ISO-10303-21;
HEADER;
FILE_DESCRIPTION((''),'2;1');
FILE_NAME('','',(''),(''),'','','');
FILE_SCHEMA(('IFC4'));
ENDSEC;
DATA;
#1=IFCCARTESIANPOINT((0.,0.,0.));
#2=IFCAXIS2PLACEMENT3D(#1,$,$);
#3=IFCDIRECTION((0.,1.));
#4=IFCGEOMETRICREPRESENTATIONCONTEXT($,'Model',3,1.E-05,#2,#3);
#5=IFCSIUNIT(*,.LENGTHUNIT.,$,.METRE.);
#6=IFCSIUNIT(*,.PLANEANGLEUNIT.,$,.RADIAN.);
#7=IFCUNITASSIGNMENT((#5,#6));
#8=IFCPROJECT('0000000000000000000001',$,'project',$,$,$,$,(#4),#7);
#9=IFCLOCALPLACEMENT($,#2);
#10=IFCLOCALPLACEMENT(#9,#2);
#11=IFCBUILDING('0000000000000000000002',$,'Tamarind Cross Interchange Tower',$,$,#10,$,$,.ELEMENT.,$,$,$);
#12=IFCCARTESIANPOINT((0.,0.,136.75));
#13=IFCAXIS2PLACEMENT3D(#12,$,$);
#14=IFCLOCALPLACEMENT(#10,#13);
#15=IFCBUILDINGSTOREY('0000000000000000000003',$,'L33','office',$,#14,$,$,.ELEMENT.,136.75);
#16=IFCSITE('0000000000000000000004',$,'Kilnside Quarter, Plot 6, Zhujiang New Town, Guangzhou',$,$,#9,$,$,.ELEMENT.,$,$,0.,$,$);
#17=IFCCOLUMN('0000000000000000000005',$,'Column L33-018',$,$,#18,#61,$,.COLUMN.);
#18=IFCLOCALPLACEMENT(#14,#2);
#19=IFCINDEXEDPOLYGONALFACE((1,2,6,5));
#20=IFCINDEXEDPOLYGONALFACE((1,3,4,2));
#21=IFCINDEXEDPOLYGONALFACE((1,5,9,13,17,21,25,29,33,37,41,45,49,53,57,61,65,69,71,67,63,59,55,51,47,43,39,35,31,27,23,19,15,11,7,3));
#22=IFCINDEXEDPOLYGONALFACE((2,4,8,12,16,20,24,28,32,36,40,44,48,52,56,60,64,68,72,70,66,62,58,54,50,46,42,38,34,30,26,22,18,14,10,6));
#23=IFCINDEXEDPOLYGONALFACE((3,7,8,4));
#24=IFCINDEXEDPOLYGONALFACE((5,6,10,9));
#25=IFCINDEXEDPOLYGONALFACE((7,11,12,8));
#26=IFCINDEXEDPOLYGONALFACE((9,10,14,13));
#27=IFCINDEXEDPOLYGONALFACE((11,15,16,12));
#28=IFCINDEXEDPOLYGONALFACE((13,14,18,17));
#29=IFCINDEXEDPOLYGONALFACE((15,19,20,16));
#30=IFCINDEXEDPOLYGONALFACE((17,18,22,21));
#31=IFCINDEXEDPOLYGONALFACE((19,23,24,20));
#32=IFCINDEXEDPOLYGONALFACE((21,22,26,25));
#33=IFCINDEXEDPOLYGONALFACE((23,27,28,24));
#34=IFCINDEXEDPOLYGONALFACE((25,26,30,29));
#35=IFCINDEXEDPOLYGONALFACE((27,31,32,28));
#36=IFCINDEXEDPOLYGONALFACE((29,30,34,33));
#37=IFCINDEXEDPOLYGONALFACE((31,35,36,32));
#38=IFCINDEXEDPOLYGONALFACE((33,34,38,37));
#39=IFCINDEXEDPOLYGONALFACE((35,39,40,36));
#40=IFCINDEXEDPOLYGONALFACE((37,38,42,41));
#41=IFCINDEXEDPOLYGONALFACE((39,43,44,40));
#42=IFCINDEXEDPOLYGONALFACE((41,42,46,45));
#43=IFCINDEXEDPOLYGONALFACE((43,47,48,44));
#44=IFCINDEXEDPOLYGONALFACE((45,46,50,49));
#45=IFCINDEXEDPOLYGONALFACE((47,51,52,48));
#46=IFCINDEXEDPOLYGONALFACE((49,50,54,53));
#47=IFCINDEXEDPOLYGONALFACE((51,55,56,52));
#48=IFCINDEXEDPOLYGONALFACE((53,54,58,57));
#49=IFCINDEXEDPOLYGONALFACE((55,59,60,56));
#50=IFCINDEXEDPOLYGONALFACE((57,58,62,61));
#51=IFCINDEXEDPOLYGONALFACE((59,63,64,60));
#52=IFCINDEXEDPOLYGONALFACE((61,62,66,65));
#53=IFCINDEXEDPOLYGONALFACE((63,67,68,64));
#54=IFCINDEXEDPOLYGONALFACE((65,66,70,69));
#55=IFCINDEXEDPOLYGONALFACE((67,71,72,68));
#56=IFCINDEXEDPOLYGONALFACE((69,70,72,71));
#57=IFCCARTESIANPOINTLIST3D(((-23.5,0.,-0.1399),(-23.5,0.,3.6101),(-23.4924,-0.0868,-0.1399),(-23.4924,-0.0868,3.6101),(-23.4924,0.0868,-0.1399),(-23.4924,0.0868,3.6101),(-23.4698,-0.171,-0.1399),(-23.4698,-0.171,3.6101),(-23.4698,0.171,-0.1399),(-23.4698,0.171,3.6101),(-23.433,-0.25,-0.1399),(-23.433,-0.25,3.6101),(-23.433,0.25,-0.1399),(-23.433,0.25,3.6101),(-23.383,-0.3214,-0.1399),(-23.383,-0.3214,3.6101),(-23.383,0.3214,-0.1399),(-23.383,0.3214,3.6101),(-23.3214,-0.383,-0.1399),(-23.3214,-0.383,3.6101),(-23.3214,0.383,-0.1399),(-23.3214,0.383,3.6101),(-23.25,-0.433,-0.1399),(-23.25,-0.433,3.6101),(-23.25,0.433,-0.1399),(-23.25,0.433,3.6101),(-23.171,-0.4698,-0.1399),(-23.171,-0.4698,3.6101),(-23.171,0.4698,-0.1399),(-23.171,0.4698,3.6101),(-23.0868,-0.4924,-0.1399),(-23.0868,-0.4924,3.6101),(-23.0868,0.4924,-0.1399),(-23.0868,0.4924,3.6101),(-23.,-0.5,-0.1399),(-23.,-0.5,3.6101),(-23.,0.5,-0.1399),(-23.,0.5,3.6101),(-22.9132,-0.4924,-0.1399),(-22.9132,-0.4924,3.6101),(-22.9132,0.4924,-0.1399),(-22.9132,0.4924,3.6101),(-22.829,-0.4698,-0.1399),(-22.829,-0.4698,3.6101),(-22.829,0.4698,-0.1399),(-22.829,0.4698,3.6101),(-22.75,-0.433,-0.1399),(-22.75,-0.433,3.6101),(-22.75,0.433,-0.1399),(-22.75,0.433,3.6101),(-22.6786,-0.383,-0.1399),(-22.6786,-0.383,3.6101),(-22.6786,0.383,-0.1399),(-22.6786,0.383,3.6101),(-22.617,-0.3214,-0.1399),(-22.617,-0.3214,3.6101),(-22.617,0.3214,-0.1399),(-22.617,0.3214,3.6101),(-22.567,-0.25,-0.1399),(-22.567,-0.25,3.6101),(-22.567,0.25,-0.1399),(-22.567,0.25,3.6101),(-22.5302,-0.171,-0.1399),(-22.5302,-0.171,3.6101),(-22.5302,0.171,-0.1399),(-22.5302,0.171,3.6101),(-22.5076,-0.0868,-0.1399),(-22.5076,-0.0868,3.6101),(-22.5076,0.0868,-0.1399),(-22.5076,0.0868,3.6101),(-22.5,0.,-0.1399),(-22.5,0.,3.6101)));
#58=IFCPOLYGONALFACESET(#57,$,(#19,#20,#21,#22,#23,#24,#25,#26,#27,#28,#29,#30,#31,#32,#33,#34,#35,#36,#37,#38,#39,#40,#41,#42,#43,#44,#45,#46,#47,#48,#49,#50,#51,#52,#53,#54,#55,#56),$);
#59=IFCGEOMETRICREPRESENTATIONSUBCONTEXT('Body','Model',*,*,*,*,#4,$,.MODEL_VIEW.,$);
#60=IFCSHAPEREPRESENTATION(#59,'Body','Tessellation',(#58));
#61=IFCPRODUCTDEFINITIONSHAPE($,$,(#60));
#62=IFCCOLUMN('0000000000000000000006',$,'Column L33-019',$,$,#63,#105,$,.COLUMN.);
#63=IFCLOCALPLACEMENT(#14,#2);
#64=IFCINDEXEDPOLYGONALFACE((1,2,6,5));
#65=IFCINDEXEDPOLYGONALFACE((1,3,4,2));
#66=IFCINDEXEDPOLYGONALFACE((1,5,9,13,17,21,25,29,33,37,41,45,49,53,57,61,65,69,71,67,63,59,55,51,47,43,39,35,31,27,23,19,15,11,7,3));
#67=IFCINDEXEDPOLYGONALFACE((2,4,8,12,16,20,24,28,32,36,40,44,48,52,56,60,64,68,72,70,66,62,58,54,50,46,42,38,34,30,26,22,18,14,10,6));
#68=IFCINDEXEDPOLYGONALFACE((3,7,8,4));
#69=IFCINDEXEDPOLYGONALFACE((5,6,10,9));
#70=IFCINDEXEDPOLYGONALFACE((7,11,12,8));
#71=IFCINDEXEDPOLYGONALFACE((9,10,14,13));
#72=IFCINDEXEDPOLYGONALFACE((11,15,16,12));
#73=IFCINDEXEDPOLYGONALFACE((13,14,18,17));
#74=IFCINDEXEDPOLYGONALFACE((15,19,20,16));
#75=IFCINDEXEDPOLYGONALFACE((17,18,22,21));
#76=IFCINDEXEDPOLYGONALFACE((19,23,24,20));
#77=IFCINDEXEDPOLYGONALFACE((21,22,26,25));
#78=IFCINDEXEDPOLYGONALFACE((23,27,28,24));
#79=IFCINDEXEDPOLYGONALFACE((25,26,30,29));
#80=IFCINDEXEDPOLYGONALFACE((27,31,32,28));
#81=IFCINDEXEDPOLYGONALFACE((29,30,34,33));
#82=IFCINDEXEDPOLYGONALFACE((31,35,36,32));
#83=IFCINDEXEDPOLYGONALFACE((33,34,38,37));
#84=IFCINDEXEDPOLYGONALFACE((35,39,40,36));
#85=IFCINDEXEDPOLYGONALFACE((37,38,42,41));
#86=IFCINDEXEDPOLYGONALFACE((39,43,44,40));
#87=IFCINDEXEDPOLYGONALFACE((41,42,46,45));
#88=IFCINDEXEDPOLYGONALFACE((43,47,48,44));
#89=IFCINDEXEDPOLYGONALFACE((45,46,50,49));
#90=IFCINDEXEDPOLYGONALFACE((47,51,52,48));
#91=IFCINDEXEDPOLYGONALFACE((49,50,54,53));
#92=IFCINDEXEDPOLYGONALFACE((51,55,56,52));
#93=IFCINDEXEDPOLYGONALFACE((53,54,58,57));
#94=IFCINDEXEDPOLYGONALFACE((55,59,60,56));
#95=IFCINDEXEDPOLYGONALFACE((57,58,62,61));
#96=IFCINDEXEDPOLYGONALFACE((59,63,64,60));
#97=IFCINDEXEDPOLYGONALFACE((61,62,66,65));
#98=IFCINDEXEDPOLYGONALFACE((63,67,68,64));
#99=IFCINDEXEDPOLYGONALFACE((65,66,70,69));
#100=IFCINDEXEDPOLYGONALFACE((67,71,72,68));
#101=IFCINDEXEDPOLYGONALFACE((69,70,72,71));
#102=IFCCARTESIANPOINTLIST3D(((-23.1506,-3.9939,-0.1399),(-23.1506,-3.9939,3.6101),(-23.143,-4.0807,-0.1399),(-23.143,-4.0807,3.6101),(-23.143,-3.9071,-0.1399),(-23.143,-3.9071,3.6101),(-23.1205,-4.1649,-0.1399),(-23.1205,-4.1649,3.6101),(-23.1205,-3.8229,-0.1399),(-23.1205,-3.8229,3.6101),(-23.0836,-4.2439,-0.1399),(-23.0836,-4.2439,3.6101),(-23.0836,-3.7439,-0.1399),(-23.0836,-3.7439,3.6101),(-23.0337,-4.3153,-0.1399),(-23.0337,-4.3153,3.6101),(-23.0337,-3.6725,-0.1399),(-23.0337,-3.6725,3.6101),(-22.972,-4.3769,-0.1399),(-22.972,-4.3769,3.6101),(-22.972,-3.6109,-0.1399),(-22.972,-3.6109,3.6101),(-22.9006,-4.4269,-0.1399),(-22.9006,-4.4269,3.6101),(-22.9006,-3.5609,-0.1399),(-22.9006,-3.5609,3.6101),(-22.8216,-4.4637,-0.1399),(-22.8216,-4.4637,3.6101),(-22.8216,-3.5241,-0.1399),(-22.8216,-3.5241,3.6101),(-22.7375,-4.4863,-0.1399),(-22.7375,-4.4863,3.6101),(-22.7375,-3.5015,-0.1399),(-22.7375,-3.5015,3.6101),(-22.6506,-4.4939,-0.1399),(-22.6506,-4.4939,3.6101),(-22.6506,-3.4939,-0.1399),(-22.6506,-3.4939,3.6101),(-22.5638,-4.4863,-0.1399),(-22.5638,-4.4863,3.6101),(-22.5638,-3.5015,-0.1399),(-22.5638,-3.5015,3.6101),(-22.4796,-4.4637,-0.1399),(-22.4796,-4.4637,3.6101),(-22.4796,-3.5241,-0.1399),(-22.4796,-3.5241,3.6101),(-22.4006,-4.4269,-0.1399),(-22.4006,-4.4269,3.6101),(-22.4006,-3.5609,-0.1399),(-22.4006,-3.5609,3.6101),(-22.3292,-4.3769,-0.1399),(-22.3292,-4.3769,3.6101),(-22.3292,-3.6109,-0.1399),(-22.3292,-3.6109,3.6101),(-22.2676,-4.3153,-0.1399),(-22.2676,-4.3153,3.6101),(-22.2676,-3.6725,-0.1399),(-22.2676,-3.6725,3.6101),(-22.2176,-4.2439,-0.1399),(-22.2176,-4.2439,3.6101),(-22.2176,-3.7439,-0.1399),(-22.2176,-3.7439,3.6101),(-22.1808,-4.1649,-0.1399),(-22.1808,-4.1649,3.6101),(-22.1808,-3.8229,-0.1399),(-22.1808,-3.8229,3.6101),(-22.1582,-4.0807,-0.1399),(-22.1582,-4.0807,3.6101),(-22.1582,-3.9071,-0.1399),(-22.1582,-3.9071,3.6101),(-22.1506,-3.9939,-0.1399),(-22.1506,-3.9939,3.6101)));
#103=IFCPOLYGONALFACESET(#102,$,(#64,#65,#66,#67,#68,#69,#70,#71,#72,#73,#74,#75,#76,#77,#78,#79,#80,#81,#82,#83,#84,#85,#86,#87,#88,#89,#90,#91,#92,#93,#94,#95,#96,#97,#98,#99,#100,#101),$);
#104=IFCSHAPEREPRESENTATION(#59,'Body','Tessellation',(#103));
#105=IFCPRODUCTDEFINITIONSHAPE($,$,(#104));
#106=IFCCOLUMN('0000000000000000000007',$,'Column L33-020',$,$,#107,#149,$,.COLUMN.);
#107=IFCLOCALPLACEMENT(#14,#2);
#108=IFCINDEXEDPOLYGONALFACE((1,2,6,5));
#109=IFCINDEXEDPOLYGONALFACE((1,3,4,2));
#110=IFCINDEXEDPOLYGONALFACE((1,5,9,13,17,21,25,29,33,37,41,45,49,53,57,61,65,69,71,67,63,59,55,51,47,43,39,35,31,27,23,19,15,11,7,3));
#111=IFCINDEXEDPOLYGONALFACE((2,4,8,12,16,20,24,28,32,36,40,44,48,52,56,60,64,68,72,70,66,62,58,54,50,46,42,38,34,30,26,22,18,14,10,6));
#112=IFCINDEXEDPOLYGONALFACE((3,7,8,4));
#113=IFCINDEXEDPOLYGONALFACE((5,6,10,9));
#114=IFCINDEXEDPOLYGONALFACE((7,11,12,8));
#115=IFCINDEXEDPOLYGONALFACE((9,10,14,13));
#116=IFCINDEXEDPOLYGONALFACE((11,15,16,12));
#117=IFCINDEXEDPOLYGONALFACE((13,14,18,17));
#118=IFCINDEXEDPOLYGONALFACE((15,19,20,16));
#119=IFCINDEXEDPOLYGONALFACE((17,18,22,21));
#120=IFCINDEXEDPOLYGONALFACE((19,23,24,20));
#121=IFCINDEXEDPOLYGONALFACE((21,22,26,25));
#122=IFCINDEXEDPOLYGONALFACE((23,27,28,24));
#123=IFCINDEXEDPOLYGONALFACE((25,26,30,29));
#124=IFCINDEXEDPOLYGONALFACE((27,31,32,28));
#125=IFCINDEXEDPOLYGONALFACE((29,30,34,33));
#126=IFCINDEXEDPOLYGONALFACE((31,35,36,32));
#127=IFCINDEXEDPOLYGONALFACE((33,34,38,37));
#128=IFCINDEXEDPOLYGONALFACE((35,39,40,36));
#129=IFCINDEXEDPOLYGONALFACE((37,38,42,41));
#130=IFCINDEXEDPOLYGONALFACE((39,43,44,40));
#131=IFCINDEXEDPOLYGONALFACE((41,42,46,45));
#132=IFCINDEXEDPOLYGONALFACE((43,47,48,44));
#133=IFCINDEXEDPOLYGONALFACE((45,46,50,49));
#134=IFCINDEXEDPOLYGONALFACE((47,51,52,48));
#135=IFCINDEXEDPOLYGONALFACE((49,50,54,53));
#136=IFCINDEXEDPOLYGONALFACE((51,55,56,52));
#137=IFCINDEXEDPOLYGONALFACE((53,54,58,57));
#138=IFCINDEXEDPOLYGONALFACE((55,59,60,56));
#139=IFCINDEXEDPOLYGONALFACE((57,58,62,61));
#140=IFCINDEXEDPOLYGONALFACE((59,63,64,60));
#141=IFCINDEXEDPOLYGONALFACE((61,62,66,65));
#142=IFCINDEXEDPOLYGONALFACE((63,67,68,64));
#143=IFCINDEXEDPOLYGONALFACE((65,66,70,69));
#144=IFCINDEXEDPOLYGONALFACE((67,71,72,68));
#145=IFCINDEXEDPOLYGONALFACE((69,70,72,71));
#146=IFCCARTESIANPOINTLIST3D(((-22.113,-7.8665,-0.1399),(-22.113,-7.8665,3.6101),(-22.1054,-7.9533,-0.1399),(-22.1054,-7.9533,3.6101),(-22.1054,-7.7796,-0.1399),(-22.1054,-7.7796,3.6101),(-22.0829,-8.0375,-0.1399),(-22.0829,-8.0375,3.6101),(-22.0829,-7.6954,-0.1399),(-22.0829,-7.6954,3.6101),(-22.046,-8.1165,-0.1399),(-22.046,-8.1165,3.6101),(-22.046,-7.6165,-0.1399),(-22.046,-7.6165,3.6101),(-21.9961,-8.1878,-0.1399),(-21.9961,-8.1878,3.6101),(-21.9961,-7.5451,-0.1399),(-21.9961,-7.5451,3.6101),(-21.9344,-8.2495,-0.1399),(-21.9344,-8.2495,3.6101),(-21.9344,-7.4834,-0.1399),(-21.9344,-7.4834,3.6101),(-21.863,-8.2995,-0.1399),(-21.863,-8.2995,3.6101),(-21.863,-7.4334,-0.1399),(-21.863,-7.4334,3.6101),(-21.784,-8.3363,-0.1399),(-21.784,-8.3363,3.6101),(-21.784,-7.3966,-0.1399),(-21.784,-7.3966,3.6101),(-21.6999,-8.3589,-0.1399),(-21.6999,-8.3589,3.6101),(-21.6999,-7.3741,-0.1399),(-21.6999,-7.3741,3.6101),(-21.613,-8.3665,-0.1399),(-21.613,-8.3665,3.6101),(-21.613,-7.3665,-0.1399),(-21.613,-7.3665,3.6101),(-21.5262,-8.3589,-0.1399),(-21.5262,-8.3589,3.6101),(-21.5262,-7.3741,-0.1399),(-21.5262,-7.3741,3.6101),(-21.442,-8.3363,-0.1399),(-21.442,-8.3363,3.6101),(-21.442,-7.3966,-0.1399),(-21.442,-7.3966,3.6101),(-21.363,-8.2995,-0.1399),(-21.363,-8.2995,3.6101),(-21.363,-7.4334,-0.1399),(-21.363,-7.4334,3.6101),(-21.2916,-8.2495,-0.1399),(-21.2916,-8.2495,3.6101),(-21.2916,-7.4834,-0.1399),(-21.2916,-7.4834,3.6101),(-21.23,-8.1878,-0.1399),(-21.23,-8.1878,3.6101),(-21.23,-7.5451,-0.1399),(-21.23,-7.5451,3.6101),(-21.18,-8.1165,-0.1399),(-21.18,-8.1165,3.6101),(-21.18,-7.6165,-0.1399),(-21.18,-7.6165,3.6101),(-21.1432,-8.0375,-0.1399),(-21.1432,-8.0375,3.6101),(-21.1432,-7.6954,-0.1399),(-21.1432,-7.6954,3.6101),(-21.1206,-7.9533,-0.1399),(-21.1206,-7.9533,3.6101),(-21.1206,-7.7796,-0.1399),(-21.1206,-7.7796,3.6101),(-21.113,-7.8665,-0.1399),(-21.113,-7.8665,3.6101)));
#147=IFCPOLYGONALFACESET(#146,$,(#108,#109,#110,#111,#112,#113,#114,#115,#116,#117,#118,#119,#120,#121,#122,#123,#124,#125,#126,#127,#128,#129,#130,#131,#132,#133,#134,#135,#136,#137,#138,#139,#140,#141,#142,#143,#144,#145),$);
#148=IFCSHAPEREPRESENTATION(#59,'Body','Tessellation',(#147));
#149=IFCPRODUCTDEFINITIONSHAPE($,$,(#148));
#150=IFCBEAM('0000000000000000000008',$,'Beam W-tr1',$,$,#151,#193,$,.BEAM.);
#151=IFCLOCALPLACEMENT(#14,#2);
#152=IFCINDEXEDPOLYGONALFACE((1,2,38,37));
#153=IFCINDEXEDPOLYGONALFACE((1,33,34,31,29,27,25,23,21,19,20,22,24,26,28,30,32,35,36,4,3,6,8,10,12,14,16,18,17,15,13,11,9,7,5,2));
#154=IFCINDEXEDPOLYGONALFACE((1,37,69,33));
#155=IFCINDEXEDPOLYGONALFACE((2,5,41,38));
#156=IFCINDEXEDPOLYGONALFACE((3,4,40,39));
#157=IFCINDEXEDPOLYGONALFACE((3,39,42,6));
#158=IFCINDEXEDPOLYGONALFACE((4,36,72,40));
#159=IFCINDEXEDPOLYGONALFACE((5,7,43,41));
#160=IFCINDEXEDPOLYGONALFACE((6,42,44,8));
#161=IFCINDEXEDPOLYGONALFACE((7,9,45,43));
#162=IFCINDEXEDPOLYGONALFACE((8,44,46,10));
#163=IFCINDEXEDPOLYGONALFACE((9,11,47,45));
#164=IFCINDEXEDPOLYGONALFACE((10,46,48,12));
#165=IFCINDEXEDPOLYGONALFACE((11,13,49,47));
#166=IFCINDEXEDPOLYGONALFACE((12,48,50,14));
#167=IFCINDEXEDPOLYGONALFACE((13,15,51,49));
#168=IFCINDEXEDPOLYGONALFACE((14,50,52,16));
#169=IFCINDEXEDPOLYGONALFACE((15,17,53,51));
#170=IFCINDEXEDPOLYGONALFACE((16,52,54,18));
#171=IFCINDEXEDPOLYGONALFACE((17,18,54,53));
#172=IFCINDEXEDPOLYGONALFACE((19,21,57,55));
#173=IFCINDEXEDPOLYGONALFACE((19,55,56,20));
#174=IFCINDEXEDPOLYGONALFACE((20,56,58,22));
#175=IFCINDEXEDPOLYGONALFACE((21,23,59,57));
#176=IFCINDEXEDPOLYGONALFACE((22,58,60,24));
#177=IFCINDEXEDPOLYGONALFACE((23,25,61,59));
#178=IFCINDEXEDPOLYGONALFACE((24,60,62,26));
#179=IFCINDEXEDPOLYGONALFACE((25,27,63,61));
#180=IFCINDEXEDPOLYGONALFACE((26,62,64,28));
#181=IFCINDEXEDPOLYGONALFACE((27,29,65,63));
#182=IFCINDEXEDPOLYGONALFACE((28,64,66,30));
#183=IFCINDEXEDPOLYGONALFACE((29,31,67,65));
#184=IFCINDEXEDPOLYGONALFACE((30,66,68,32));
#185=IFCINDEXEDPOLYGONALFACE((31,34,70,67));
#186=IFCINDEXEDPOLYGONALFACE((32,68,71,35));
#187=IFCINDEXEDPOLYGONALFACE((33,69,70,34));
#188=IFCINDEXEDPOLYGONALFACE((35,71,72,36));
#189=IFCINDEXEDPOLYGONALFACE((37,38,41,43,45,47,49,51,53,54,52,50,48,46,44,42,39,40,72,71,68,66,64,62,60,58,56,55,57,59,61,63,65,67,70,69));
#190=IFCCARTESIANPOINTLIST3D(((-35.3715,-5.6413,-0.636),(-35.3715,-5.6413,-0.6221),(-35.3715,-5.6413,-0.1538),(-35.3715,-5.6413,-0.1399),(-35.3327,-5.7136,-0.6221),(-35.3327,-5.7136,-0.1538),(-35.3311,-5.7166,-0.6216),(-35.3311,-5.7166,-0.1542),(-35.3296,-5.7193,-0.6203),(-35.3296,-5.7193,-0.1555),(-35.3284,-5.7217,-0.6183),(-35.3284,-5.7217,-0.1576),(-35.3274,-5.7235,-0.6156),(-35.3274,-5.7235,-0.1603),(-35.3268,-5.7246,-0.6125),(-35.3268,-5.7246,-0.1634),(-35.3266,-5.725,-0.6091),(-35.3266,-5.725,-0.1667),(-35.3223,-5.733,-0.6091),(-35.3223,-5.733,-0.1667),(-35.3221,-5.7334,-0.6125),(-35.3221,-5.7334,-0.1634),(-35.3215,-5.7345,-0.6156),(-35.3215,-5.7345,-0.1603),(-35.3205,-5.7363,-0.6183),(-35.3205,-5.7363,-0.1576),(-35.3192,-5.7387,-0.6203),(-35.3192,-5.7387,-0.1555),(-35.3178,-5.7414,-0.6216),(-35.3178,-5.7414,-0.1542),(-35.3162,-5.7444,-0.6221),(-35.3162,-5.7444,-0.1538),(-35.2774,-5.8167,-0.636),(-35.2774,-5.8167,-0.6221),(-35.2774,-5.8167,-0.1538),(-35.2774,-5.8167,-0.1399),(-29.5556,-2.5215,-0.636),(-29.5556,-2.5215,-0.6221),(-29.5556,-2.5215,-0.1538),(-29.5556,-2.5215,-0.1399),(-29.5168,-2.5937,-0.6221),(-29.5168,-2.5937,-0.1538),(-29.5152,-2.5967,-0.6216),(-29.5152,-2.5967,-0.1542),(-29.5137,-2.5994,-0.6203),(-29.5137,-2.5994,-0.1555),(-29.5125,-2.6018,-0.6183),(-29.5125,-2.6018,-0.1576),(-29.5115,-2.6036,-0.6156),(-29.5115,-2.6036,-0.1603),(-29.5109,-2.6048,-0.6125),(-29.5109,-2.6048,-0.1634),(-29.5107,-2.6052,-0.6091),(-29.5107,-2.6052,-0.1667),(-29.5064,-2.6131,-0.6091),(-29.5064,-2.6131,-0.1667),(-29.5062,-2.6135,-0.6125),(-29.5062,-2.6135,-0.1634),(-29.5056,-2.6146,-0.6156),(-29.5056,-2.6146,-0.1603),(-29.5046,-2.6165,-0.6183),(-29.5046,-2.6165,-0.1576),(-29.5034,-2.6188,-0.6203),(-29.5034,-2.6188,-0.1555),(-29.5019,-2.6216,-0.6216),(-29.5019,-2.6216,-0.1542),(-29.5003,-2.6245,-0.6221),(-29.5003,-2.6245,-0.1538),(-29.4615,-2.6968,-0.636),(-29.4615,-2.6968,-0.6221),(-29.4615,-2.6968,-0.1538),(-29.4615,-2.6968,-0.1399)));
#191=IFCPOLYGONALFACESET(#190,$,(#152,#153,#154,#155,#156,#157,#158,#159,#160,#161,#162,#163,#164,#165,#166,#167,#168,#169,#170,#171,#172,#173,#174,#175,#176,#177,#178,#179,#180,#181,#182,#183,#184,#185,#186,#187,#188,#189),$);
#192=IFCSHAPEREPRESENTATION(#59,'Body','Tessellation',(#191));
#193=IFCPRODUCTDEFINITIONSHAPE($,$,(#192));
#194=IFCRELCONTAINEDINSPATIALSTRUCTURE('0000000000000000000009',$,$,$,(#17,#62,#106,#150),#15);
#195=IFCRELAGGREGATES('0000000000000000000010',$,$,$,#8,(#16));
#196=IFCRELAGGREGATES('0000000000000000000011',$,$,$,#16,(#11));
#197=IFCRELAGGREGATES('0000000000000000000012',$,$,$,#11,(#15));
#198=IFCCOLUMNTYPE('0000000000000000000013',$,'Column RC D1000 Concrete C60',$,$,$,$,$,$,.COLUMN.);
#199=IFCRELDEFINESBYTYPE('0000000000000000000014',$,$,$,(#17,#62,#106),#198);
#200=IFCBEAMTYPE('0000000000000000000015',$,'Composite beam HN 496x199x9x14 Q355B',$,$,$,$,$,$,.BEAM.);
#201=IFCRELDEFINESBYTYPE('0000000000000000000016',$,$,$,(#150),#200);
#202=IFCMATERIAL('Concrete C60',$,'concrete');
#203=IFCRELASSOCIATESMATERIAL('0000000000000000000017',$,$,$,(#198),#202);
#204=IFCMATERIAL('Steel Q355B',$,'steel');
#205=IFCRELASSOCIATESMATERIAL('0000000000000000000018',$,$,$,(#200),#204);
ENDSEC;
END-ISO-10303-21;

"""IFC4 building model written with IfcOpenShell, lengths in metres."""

from ifc_helpers import new_model, si_unit, direction, frame, origin, origin_2d, place, context, subcontext, project, spatial, circle, i_section, extrude, material, material_profile, profile_set, type_object, element, save


model = new_model("IFC4")

# Units and contexts
model_context = context("Model", 3, precision=1e-05, world=origin(), true_north=direction((0.0, 1.0)))
body_context = subcontext(model_context, "Body", "Model", "MODEL_VIEW")
ifc_project = project(units=[si_unit("LENGTHUNIT", "METRE"), si_unit("PLANEANGLEUNIT", "RADIAN")], contexts=[model_context])

# Site, building, storey
site_placement = place(None, origin())
site = spatial("IfcSite", under=ifc_project, at=site_placement, Name="Kilnside Quarter, Plot 6, Zhujiang New Town, Guangzhou", CompositionType="ELEMENT", RefElevation=0.0)
building_placement = place(site_placement, origin())
building = spatial("IfcBuilding", under=site, at=building_placement, Name="Tamarind Cross Interchange Tower", CompositionType="ELEMENT")
storey_placement = place(building_placement, frame((0.0, 0.0, 136.75)))
storey = spatial("IfcBuildingStorey", under=building, at=storey_placement, Name="L33", Description="office", CompositionType="ELEMENT", Elevation=136.75)

# Columns
ifc_material_1 = material(Name="Concrete C60", Category="concrete")
ifc_material_profile_1 = material_profile(ifc_material_1, circle(Radius=0.5, at=origin_2d()), Name="RC D1000")
ifc_profile_set_1 = profile_set([ifc_material_profile_1], Name="Concrete C60")
column_type = type_object("IfcColumnType", Name="Column RC D1000 Concrete C60", PredefinedType="COLUMN", material=ifc_profile_set_1)
for number, where, z_axis, x_axis, name in (
    (1, (-23.0, 0.0, -0.1399), (0.0, 0.0, 1.0), (1.0, 0.0, 0.0), "Column L33-018"),
    (2, (-22.6506, -3.9939, -0.1399), (0.0, 0.0, 1.0), (1.0, 0.0, 0.0), "Column L33-019"),
    (3, (-21.613, -7.8665, -0.1399), (0.0, 0.0, 1.0), (1.0, 0.0, 0.0), "Column L33-020"),
):
    element("IfcColumn", number, at=place(storey_placement, frame(where, z_axis=z_axis, x_axis=x_axis)), inside=storey, type_object=column_type, Name=name, PredefinedType="COLUMN", context=body_context, shape_type="SweptSolid", body=[
        extrude(circle(Radius=0.5, at=origin_2d()), origin(), (0.0, 0.0, 1.0), 3.75),
    ])

# Beam
ifc_material_2 = material(Name="Steel Q355B", Category="steel")
ifc_material_profile_2 = material_profile(ifc_material_2, i_section(OverallWidth=0.199, OverallDepth=0.4961, WebThickness=0.009, FlangeThickness=0.0139, FilletRadius=0.0129, at=origin_2d()), Name="HN 496x199x9x14")
ifc_profile_set_2 = profile_set([ifc_material_profile_2], Name="Steel Q355B")
beam_type_1 = type_object("IfcBeamType", Name="Composite beam HN 496x199x9x14 Q355B", PredefinedType="BEAM", material=ifc_profile_set_2)
beam_1_placement = place(storey_placement, frame((-29.5085, -2.6091, -0.3879), z_axis=(-0.881215, -0.472716, 0.0), x_axis=(0.472716, -0.881215, 0.0)))
element("IfcBeam", 4, at=beam_1_placement, inside=storey, type_object=beam_type_1, Name="Beam W-tr1", PredefinedType="BEAM", context=body_context, shape_type="SweptSolid", body=[
    extrude(i_section(OverallWidth=0.199, OverallDepth=0.4961, WebThickness=0.009, FlangeThickness=0.0139, FilletRadius=0.0129, at=origin_2d()), origin(), (0.0, 0.0, 1.0), 6.5999),
])

save(model, "model.ifc")
